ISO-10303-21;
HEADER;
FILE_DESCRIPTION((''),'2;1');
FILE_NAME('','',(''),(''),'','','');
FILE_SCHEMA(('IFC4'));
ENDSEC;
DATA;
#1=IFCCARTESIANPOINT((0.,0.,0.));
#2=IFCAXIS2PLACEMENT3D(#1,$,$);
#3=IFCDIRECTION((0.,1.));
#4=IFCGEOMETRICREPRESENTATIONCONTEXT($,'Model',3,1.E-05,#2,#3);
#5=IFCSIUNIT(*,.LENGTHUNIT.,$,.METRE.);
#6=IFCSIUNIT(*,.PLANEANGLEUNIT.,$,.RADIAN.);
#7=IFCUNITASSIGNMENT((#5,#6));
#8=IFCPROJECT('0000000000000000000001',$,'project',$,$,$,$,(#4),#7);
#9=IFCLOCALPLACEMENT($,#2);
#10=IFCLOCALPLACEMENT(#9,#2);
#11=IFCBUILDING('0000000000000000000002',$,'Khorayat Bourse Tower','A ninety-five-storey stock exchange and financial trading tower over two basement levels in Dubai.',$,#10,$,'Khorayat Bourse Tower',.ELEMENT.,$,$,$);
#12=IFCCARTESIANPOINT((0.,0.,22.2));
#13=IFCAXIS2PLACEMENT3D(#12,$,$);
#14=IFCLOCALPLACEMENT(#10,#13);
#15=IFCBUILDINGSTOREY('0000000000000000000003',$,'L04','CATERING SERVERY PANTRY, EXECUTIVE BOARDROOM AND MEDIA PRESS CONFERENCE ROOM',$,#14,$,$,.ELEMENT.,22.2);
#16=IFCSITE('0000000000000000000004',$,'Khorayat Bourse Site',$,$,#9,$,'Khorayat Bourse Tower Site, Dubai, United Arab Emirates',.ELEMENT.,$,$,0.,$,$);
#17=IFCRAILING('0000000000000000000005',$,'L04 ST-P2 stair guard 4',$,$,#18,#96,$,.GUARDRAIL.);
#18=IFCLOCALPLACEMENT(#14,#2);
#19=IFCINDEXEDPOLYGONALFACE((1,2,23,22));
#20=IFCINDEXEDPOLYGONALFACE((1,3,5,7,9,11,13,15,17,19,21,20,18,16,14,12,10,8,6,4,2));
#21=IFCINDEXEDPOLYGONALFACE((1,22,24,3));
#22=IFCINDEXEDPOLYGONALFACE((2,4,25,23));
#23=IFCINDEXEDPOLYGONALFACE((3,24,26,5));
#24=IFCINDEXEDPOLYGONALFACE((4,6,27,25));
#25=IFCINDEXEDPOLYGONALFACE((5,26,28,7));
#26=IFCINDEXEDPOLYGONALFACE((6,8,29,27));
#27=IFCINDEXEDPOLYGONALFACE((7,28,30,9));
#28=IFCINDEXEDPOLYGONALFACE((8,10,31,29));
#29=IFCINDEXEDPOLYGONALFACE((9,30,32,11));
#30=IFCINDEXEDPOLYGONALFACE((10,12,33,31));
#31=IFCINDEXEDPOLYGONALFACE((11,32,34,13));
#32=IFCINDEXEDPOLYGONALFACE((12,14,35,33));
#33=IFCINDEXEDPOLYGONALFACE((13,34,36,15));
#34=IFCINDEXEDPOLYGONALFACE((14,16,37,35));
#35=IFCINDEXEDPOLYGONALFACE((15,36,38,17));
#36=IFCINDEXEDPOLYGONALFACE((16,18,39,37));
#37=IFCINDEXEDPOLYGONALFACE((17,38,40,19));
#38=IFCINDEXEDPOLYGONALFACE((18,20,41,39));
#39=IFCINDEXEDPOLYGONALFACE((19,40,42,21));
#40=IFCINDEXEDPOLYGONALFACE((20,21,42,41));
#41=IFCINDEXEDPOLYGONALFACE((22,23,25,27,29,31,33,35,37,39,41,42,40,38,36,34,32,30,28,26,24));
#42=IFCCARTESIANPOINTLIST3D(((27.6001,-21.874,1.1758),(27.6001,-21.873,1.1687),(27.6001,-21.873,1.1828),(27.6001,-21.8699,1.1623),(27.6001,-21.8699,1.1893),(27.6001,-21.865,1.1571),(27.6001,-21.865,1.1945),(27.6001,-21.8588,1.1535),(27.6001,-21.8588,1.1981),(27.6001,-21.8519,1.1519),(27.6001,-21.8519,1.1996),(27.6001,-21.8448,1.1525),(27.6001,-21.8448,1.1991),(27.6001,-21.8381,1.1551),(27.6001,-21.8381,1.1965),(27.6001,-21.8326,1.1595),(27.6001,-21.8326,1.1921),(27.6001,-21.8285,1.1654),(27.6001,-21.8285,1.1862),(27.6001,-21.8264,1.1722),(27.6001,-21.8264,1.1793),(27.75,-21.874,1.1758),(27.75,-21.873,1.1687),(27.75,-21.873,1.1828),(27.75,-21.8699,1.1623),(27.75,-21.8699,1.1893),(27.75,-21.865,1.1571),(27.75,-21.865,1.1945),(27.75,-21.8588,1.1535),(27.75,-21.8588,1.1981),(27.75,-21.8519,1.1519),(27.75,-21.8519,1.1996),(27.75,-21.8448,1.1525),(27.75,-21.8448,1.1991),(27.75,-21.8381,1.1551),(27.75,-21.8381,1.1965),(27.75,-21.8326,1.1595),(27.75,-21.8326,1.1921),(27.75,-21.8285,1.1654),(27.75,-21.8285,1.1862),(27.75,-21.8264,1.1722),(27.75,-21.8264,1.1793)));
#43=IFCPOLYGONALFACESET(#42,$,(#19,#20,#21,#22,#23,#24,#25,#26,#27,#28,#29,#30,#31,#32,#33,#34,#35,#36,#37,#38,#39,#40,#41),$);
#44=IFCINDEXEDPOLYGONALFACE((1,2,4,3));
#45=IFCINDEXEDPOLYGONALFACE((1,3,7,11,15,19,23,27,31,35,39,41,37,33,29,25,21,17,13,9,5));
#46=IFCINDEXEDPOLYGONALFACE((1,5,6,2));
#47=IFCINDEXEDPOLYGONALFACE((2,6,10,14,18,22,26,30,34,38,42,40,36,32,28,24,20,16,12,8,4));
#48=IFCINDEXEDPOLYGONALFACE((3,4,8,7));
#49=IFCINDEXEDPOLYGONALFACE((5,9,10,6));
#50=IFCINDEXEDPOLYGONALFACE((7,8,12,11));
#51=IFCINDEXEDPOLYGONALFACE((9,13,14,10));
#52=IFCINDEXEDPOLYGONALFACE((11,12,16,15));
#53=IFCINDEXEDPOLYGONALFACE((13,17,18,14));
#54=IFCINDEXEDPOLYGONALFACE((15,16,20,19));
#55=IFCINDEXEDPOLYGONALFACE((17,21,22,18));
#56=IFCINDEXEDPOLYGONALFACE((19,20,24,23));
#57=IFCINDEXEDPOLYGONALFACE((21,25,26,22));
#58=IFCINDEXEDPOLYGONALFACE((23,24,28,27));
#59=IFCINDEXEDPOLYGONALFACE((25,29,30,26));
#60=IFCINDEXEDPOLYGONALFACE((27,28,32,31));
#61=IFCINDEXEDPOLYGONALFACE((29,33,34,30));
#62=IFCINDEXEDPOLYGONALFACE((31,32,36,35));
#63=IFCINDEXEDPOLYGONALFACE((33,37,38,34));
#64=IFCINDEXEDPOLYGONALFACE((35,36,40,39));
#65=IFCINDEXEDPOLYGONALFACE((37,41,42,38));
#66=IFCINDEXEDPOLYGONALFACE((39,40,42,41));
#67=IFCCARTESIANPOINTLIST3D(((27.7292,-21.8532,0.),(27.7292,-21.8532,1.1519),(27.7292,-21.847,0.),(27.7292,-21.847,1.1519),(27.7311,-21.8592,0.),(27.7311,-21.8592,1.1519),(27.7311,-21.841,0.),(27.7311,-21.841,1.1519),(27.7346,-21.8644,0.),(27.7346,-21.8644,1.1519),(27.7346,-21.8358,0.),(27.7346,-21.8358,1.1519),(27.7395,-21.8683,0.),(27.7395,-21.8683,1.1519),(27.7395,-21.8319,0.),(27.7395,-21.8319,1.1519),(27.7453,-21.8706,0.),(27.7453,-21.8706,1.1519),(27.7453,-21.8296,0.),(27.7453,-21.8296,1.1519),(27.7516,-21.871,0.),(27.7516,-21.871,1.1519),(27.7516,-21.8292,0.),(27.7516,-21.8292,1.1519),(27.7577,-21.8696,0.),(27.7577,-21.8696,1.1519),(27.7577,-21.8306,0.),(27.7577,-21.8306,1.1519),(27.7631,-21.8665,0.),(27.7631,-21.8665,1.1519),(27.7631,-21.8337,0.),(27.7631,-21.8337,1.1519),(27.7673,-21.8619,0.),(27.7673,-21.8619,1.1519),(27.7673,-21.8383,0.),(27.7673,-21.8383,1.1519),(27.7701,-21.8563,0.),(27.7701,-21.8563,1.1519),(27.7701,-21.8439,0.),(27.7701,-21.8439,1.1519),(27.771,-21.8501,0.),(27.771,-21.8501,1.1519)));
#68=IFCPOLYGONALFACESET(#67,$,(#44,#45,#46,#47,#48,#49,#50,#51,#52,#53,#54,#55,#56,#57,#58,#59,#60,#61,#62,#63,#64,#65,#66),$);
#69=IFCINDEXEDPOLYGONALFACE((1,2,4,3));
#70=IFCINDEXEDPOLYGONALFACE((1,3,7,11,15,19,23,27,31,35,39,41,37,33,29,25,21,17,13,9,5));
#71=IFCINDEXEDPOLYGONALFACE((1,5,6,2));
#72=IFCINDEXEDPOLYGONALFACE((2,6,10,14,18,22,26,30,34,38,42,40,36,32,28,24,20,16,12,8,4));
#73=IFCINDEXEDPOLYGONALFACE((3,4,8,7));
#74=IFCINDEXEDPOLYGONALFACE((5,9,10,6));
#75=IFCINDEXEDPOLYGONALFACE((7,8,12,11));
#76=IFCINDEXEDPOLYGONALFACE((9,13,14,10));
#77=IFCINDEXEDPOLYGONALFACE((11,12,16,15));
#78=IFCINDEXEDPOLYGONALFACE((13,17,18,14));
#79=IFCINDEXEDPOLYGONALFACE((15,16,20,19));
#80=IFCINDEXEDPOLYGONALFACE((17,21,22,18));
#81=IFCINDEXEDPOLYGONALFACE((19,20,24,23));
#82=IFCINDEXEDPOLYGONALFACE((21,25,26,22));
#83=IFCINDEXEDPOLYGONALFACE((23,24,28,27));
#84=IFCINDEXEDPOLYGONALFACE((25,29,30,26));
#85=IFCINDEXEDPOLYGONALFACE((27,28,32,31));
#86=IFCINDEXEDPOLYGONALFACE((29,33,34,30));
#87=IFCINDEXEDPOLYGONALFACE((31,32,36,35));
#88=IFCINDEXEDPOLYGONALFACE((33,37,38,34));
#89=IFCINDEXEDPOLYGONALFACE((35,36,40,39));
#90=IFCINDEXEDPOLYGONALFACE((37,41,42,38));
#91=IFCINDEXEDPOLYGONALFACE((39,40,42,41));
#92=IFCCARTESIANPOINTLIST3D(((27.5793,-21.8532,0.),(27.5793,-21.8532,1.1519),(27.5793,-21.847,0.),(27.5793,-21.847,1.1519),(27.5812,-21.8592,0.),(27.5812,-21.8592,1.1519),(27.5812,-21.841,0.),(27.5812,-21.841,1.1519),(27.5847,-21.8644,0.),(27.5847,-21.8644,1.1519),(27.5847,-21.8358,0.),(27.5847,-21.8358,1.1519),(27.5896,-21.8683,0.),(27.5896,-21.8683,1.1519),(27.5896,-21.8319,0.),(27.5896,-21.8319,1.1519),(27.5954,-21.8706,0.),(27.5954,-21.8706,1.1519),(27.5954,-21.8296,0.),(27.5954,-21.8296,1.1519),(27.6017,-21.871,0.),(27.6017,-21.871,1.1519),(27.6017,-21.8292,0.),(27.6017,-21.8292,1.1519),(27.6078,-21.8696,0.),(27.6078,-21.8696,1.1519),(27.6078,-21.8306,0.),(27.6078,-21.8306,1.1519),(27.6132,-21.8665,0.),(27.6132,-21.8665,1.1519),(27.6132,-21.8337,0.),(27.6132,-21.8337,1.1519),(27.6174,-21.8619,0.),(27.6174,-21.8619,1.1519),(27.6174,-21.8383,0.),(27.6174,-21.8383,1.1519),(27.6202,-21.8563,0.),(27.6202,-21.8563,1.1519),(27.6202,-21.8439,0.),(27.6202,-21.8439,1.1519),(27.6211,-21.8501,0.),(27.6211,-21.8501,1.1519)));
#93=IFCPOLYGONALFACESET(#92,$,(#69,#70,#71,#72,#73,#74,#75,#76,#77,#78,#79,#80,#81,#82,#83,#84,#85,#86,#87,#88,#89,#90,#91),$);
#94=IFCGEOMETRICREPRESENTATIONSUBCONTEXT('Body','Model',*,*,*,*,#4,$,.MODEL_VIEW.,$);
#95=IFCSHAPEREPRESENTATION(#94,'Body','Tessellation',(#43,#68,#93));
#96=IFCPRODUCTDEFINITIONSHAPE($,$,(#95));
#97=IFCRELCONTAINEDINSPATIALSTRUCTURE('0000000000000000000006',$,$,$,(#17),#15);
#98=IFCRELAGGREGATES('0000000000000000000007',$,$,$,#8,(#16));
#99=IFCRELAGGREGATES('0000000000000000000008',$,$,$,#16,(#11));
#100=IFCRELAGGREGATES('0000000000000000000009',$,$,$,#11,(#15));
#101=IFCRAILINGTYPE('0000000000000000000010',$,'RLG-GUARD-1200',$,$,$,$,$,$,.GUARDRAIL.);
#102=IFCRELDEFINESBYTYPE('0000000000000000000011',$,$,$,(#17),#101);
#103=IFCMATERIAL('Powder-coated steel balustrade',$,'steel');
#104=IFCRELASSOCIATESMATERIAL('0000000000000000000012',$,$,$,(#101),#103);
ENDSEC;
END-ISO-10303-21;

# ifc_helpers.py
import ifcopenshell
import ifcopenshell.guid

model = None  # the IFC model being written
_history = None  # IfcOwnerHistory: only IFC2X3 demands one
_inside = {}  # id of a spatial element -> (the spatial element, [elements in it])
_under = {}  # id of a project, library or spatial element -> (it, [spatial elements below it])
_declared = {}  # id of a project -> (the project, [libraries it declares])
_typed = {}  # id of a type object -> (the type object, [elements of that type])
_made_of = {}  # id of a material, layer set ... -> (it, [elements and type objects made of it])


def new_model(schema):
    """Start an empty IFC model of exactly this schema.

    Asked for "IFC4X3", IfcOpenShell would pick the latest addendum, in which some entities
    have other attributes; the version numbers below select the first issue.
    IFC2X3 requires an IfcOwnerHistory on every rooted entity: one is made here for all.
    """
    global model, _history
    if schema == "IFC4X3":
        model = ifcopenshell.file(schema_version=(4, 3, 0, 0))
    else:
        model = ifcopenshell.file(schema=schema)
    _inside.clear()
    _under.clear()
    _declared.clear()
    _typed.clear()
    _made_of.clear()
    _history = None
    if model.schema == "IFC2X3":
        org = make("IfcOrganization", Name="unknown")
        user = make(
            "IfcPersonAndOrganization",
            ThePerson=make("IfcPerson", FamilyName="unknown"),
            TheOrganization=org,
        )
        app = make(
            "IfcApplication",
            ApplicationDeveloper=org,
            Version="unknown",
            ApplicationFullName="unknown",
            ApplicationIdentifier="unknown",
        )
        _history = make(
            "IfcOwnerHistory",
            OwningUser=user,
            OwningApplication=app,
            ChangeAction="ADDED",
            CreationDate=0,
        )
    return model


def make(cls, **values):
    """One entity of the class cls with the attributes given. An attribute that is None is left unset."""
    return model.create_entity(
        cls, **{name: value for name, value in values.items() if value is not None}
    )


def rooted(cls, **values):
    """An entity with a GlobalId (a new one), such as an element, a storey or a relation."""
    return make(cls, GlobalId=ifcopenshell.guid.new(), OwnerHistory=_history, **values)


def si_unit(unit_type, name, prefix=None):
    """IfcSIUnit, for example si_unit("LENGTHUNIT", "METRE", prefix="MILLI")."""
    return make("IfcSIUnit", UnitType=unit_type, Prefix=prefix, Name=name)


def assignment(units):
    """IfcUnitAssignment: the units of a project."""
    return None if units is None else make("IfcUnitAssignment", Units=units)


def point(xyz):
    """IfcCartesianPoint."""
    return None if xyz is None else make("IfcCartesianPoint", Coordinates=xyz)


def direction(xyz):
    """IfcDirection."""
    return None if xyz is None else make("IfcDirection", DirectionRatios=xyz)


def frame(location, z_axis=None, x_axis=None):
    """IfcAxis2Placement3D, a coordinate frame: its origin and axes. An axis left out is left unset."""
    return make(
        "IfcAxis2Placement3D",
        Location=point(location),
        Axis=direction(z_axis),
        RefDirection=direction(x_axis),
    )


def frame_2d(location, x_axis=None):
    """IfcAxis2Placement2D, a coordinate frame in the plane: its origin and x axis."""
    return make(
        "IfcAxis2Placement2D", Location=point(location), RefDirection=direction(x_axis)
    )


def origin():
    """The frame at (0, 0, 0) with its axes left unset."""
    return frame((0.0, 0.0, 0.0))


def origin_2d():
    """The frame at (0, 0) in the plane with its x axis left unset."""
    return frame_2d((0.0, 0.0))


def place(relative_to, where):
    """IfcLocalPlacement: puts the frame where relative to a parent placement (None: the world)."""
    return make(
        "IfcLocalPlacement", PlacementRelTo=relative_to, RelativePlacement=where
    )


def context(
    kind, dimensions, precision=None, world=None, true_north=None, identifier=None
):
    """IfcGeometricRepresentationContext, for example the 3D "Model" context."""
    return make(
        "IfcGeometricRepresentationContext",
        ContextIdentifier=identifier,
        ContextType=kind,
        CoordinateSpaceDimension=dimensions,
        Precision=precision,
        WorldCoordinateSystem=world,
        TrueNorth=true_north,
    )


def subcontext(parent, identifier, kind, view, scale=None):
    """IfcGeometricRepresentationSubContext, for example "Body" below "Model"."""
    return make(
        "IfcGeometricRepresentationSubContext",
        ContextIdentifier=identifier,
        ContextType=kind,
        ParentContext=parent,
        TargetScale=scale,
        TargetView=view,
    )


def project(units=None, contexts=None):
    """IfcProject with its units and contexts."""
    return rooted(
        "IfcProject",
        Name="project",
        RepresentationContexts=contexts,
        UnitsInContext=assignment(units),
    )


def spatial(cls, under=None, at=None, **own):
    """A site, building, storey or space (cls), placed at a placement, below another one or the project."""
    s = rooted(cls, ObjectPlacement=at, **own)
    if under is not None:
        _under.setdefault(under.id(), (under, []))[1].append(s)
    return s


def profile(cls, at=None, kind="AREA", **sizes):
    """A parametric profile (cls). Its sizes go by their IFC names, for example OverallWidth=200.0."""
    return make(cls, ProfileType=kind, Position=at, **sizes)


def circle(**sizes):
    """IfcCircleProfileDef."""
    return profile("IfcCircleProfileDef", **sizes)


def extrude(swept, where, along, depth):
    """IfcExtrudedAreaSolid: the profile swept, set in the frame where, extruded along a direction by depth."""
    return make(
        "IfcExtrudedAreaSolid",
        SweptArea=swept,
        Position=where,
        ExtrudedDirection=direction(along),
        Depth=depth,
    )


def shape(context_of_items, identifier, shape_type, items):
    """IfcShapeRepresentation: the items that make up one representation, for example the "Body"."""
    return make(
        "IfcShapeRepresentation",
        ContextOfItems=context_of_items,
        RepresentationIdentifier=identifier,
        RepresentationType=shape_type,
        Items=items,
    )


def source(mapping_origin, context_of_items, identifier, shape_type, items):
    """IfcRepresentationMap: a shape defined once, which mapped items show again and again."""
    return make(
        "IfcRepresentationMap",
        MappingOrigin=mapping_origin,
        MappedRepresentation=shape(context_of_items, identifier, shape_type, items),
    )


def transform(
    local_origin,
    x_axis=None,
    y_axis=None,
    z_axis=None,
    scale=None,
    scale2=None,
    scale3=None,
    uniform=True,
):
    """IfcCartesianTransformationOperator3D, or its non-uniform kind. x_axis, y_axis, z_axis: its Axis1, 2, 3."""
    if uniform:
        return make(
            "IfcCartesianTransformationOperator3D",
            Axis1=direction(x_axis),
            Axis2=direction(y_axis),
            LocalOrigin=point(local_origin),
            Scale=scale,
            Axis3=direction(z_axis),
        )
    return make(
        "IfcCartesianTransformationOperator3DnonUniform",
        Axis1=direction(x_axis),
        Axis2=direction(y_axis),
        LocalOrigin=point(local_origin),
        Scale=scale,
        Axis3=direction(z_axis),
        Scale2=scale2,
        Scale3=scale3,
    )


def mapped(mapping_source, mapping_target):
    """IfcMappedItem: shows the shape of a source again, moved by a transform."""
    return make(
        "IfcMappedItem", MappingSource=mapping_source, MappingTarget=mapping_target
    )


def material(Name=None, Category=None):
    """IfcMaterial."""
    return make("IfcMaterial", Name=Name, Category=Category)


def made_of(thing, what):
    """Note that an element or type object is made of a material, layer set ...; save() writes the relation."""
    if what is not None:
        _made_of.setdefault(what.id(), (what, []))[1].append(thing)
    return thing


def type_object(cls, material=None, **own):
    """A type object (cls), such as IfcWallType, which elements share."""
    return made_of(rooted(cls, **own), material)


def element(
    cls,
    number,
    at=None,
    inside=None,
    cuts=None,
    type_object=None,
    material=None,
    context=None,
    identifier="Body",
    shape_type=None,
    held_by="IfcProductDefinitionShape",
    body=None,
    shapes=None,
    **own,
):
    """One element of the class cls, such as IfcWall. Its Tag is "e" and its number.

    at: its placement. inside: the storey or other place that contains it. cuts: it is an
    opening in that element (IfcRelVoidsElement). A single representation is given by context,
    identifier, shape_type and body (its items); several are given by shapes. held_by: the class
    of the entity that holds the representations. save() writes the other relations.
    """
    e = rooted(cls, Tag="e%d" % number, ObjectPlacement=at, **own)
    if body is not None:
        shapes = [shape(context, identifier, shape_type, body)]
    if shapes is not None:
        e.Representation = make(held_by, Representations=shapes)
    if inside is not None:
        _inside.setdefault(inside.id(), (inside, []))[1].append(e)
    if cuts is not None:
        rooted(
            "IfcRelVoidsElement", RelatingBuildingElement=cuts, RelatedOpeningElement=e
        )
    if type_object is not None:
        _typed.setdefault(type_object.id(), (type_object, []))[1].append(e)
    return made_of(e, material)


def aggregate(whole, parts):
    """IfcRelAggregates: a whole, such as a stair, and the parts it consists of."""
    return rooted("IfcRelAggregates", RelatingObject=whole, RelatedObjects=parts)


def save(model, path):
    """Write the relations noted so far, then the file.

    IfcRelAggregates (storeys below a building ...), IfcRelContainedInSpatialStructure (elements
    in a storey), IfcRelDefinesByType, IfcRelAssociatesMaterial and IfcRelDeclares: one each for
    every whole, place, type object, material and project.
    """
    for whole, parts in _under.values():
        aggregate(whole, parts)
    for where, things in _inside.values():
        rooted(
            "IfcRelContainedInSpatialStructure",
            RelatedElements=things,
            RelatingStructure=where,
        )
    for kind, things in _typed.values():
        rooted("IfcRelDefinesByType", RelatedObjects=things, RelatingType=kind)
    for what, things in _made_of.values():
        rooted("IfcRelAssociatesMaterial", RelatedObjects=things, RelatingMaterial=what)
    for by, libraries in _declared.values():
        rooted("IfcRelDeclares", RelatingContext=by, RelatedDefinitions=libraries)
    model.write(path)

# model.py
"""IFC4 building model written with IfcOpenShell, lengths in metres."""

from ifc_helpers import new_model, si_unit, direction, frame, origin, origin_2d, place, context, subcontext, project, spatial, circle, extrude, source, transform, mapped, material, type_object, element, save


model = new_model("IFC4")

# Units and contexts
model_context = context("Model", 3, precision=1e-05, world=origin(), true_north=direction((0.0, 1.0)))
body_context = subcontext(model_context, "Body", "Model", "MODEL_VIEW")
ifc_project = project(units=[si_unit("LENGTHUNIT", "METRE"), si_unit("PLANEANGLEUNIT", "RADIAN")], contexts=[model_context])

# Site, building, storey
site_placement = place(None, origin())
site = spatial("IfcSite", under=ifc_project, at=site_placement, Name="Khorayat Bourse Site", LongName="Khorayat Bourse Tower Site, Dubai, United Arab Emirates", CompositionType="ELEMENT", RefElevation=0.0)
building_placement = place(site_placement, origin())
building = spatial("IfcBuilding", under=site, at=building_placement, Name="Khorayat Bourse Tower", Description="A ninety-five-storey stock exchange and financial trading tower over two basement levels in Dubai.", LongName="Khorayat Bourse Tower", CompositionType="ELEMENT")
storey_placement = place(building_placement, frame((0.0, 0.0, 22.2)))
storey = spatial("IfcBuildingStorey", under=building, at=storey_placement, Name="L04", Description="CATERING SERVERY PANTRY, EXECUTIVE BOARDROOM AND MEDIA PRESS CONFERENCE ROOM", CompositionType="ELEMENT", Elevation=22.2)

# Railing
ifc_material_1 = material(Name="Powder-coated steel balustrade", Category="steel")
railing_type_1 = type_object("IfcRailingType", Name="RLG-GUARD-1200", PredefinedType="GUARDRAIL", material=ifc_material_1)
shared_shape_1 = source(origin(), body_context, "Body", "SweptSolid", [
    extrude(circle(Radius=0.0239, at=origin_2d()), frame((0.0, 0.0, 1.1758), z_axis=(-1.0, 0.0, 0.0), x_axis=(0.0, -1.0, 0.0)), (0.0, 0.0, 1.0), 0.1499),
    extrude(circle(Radius=0.021, at=origin_2d()), origin(), (0.0, 0.0, 1.0), 1.1519),
    extrude(circle(Radius=0.021, at=origin_2d()), frame((-0.1499, 0.0, 0.0)), (0.0, 0.0, 1.0), 1.1519),
])
for number, where, name in (
    (1, (27.75, -21.8501, 0.0), "L04 ST-P2 stair guard 4"),
):
    element("IfcRailing", number, at=place(storey_placement, frame(where)), inside=storey, type_object=railing_type_1, Name=name, PredefinedType="GUARDRAIL", context=body_context, shape_type="MappedRepresentation", body=[
        mapped(shared_shape_1, transform((0.0, 0.0, 0.0), scale=1.0)),
    ])

save(model, "model.ifc")
